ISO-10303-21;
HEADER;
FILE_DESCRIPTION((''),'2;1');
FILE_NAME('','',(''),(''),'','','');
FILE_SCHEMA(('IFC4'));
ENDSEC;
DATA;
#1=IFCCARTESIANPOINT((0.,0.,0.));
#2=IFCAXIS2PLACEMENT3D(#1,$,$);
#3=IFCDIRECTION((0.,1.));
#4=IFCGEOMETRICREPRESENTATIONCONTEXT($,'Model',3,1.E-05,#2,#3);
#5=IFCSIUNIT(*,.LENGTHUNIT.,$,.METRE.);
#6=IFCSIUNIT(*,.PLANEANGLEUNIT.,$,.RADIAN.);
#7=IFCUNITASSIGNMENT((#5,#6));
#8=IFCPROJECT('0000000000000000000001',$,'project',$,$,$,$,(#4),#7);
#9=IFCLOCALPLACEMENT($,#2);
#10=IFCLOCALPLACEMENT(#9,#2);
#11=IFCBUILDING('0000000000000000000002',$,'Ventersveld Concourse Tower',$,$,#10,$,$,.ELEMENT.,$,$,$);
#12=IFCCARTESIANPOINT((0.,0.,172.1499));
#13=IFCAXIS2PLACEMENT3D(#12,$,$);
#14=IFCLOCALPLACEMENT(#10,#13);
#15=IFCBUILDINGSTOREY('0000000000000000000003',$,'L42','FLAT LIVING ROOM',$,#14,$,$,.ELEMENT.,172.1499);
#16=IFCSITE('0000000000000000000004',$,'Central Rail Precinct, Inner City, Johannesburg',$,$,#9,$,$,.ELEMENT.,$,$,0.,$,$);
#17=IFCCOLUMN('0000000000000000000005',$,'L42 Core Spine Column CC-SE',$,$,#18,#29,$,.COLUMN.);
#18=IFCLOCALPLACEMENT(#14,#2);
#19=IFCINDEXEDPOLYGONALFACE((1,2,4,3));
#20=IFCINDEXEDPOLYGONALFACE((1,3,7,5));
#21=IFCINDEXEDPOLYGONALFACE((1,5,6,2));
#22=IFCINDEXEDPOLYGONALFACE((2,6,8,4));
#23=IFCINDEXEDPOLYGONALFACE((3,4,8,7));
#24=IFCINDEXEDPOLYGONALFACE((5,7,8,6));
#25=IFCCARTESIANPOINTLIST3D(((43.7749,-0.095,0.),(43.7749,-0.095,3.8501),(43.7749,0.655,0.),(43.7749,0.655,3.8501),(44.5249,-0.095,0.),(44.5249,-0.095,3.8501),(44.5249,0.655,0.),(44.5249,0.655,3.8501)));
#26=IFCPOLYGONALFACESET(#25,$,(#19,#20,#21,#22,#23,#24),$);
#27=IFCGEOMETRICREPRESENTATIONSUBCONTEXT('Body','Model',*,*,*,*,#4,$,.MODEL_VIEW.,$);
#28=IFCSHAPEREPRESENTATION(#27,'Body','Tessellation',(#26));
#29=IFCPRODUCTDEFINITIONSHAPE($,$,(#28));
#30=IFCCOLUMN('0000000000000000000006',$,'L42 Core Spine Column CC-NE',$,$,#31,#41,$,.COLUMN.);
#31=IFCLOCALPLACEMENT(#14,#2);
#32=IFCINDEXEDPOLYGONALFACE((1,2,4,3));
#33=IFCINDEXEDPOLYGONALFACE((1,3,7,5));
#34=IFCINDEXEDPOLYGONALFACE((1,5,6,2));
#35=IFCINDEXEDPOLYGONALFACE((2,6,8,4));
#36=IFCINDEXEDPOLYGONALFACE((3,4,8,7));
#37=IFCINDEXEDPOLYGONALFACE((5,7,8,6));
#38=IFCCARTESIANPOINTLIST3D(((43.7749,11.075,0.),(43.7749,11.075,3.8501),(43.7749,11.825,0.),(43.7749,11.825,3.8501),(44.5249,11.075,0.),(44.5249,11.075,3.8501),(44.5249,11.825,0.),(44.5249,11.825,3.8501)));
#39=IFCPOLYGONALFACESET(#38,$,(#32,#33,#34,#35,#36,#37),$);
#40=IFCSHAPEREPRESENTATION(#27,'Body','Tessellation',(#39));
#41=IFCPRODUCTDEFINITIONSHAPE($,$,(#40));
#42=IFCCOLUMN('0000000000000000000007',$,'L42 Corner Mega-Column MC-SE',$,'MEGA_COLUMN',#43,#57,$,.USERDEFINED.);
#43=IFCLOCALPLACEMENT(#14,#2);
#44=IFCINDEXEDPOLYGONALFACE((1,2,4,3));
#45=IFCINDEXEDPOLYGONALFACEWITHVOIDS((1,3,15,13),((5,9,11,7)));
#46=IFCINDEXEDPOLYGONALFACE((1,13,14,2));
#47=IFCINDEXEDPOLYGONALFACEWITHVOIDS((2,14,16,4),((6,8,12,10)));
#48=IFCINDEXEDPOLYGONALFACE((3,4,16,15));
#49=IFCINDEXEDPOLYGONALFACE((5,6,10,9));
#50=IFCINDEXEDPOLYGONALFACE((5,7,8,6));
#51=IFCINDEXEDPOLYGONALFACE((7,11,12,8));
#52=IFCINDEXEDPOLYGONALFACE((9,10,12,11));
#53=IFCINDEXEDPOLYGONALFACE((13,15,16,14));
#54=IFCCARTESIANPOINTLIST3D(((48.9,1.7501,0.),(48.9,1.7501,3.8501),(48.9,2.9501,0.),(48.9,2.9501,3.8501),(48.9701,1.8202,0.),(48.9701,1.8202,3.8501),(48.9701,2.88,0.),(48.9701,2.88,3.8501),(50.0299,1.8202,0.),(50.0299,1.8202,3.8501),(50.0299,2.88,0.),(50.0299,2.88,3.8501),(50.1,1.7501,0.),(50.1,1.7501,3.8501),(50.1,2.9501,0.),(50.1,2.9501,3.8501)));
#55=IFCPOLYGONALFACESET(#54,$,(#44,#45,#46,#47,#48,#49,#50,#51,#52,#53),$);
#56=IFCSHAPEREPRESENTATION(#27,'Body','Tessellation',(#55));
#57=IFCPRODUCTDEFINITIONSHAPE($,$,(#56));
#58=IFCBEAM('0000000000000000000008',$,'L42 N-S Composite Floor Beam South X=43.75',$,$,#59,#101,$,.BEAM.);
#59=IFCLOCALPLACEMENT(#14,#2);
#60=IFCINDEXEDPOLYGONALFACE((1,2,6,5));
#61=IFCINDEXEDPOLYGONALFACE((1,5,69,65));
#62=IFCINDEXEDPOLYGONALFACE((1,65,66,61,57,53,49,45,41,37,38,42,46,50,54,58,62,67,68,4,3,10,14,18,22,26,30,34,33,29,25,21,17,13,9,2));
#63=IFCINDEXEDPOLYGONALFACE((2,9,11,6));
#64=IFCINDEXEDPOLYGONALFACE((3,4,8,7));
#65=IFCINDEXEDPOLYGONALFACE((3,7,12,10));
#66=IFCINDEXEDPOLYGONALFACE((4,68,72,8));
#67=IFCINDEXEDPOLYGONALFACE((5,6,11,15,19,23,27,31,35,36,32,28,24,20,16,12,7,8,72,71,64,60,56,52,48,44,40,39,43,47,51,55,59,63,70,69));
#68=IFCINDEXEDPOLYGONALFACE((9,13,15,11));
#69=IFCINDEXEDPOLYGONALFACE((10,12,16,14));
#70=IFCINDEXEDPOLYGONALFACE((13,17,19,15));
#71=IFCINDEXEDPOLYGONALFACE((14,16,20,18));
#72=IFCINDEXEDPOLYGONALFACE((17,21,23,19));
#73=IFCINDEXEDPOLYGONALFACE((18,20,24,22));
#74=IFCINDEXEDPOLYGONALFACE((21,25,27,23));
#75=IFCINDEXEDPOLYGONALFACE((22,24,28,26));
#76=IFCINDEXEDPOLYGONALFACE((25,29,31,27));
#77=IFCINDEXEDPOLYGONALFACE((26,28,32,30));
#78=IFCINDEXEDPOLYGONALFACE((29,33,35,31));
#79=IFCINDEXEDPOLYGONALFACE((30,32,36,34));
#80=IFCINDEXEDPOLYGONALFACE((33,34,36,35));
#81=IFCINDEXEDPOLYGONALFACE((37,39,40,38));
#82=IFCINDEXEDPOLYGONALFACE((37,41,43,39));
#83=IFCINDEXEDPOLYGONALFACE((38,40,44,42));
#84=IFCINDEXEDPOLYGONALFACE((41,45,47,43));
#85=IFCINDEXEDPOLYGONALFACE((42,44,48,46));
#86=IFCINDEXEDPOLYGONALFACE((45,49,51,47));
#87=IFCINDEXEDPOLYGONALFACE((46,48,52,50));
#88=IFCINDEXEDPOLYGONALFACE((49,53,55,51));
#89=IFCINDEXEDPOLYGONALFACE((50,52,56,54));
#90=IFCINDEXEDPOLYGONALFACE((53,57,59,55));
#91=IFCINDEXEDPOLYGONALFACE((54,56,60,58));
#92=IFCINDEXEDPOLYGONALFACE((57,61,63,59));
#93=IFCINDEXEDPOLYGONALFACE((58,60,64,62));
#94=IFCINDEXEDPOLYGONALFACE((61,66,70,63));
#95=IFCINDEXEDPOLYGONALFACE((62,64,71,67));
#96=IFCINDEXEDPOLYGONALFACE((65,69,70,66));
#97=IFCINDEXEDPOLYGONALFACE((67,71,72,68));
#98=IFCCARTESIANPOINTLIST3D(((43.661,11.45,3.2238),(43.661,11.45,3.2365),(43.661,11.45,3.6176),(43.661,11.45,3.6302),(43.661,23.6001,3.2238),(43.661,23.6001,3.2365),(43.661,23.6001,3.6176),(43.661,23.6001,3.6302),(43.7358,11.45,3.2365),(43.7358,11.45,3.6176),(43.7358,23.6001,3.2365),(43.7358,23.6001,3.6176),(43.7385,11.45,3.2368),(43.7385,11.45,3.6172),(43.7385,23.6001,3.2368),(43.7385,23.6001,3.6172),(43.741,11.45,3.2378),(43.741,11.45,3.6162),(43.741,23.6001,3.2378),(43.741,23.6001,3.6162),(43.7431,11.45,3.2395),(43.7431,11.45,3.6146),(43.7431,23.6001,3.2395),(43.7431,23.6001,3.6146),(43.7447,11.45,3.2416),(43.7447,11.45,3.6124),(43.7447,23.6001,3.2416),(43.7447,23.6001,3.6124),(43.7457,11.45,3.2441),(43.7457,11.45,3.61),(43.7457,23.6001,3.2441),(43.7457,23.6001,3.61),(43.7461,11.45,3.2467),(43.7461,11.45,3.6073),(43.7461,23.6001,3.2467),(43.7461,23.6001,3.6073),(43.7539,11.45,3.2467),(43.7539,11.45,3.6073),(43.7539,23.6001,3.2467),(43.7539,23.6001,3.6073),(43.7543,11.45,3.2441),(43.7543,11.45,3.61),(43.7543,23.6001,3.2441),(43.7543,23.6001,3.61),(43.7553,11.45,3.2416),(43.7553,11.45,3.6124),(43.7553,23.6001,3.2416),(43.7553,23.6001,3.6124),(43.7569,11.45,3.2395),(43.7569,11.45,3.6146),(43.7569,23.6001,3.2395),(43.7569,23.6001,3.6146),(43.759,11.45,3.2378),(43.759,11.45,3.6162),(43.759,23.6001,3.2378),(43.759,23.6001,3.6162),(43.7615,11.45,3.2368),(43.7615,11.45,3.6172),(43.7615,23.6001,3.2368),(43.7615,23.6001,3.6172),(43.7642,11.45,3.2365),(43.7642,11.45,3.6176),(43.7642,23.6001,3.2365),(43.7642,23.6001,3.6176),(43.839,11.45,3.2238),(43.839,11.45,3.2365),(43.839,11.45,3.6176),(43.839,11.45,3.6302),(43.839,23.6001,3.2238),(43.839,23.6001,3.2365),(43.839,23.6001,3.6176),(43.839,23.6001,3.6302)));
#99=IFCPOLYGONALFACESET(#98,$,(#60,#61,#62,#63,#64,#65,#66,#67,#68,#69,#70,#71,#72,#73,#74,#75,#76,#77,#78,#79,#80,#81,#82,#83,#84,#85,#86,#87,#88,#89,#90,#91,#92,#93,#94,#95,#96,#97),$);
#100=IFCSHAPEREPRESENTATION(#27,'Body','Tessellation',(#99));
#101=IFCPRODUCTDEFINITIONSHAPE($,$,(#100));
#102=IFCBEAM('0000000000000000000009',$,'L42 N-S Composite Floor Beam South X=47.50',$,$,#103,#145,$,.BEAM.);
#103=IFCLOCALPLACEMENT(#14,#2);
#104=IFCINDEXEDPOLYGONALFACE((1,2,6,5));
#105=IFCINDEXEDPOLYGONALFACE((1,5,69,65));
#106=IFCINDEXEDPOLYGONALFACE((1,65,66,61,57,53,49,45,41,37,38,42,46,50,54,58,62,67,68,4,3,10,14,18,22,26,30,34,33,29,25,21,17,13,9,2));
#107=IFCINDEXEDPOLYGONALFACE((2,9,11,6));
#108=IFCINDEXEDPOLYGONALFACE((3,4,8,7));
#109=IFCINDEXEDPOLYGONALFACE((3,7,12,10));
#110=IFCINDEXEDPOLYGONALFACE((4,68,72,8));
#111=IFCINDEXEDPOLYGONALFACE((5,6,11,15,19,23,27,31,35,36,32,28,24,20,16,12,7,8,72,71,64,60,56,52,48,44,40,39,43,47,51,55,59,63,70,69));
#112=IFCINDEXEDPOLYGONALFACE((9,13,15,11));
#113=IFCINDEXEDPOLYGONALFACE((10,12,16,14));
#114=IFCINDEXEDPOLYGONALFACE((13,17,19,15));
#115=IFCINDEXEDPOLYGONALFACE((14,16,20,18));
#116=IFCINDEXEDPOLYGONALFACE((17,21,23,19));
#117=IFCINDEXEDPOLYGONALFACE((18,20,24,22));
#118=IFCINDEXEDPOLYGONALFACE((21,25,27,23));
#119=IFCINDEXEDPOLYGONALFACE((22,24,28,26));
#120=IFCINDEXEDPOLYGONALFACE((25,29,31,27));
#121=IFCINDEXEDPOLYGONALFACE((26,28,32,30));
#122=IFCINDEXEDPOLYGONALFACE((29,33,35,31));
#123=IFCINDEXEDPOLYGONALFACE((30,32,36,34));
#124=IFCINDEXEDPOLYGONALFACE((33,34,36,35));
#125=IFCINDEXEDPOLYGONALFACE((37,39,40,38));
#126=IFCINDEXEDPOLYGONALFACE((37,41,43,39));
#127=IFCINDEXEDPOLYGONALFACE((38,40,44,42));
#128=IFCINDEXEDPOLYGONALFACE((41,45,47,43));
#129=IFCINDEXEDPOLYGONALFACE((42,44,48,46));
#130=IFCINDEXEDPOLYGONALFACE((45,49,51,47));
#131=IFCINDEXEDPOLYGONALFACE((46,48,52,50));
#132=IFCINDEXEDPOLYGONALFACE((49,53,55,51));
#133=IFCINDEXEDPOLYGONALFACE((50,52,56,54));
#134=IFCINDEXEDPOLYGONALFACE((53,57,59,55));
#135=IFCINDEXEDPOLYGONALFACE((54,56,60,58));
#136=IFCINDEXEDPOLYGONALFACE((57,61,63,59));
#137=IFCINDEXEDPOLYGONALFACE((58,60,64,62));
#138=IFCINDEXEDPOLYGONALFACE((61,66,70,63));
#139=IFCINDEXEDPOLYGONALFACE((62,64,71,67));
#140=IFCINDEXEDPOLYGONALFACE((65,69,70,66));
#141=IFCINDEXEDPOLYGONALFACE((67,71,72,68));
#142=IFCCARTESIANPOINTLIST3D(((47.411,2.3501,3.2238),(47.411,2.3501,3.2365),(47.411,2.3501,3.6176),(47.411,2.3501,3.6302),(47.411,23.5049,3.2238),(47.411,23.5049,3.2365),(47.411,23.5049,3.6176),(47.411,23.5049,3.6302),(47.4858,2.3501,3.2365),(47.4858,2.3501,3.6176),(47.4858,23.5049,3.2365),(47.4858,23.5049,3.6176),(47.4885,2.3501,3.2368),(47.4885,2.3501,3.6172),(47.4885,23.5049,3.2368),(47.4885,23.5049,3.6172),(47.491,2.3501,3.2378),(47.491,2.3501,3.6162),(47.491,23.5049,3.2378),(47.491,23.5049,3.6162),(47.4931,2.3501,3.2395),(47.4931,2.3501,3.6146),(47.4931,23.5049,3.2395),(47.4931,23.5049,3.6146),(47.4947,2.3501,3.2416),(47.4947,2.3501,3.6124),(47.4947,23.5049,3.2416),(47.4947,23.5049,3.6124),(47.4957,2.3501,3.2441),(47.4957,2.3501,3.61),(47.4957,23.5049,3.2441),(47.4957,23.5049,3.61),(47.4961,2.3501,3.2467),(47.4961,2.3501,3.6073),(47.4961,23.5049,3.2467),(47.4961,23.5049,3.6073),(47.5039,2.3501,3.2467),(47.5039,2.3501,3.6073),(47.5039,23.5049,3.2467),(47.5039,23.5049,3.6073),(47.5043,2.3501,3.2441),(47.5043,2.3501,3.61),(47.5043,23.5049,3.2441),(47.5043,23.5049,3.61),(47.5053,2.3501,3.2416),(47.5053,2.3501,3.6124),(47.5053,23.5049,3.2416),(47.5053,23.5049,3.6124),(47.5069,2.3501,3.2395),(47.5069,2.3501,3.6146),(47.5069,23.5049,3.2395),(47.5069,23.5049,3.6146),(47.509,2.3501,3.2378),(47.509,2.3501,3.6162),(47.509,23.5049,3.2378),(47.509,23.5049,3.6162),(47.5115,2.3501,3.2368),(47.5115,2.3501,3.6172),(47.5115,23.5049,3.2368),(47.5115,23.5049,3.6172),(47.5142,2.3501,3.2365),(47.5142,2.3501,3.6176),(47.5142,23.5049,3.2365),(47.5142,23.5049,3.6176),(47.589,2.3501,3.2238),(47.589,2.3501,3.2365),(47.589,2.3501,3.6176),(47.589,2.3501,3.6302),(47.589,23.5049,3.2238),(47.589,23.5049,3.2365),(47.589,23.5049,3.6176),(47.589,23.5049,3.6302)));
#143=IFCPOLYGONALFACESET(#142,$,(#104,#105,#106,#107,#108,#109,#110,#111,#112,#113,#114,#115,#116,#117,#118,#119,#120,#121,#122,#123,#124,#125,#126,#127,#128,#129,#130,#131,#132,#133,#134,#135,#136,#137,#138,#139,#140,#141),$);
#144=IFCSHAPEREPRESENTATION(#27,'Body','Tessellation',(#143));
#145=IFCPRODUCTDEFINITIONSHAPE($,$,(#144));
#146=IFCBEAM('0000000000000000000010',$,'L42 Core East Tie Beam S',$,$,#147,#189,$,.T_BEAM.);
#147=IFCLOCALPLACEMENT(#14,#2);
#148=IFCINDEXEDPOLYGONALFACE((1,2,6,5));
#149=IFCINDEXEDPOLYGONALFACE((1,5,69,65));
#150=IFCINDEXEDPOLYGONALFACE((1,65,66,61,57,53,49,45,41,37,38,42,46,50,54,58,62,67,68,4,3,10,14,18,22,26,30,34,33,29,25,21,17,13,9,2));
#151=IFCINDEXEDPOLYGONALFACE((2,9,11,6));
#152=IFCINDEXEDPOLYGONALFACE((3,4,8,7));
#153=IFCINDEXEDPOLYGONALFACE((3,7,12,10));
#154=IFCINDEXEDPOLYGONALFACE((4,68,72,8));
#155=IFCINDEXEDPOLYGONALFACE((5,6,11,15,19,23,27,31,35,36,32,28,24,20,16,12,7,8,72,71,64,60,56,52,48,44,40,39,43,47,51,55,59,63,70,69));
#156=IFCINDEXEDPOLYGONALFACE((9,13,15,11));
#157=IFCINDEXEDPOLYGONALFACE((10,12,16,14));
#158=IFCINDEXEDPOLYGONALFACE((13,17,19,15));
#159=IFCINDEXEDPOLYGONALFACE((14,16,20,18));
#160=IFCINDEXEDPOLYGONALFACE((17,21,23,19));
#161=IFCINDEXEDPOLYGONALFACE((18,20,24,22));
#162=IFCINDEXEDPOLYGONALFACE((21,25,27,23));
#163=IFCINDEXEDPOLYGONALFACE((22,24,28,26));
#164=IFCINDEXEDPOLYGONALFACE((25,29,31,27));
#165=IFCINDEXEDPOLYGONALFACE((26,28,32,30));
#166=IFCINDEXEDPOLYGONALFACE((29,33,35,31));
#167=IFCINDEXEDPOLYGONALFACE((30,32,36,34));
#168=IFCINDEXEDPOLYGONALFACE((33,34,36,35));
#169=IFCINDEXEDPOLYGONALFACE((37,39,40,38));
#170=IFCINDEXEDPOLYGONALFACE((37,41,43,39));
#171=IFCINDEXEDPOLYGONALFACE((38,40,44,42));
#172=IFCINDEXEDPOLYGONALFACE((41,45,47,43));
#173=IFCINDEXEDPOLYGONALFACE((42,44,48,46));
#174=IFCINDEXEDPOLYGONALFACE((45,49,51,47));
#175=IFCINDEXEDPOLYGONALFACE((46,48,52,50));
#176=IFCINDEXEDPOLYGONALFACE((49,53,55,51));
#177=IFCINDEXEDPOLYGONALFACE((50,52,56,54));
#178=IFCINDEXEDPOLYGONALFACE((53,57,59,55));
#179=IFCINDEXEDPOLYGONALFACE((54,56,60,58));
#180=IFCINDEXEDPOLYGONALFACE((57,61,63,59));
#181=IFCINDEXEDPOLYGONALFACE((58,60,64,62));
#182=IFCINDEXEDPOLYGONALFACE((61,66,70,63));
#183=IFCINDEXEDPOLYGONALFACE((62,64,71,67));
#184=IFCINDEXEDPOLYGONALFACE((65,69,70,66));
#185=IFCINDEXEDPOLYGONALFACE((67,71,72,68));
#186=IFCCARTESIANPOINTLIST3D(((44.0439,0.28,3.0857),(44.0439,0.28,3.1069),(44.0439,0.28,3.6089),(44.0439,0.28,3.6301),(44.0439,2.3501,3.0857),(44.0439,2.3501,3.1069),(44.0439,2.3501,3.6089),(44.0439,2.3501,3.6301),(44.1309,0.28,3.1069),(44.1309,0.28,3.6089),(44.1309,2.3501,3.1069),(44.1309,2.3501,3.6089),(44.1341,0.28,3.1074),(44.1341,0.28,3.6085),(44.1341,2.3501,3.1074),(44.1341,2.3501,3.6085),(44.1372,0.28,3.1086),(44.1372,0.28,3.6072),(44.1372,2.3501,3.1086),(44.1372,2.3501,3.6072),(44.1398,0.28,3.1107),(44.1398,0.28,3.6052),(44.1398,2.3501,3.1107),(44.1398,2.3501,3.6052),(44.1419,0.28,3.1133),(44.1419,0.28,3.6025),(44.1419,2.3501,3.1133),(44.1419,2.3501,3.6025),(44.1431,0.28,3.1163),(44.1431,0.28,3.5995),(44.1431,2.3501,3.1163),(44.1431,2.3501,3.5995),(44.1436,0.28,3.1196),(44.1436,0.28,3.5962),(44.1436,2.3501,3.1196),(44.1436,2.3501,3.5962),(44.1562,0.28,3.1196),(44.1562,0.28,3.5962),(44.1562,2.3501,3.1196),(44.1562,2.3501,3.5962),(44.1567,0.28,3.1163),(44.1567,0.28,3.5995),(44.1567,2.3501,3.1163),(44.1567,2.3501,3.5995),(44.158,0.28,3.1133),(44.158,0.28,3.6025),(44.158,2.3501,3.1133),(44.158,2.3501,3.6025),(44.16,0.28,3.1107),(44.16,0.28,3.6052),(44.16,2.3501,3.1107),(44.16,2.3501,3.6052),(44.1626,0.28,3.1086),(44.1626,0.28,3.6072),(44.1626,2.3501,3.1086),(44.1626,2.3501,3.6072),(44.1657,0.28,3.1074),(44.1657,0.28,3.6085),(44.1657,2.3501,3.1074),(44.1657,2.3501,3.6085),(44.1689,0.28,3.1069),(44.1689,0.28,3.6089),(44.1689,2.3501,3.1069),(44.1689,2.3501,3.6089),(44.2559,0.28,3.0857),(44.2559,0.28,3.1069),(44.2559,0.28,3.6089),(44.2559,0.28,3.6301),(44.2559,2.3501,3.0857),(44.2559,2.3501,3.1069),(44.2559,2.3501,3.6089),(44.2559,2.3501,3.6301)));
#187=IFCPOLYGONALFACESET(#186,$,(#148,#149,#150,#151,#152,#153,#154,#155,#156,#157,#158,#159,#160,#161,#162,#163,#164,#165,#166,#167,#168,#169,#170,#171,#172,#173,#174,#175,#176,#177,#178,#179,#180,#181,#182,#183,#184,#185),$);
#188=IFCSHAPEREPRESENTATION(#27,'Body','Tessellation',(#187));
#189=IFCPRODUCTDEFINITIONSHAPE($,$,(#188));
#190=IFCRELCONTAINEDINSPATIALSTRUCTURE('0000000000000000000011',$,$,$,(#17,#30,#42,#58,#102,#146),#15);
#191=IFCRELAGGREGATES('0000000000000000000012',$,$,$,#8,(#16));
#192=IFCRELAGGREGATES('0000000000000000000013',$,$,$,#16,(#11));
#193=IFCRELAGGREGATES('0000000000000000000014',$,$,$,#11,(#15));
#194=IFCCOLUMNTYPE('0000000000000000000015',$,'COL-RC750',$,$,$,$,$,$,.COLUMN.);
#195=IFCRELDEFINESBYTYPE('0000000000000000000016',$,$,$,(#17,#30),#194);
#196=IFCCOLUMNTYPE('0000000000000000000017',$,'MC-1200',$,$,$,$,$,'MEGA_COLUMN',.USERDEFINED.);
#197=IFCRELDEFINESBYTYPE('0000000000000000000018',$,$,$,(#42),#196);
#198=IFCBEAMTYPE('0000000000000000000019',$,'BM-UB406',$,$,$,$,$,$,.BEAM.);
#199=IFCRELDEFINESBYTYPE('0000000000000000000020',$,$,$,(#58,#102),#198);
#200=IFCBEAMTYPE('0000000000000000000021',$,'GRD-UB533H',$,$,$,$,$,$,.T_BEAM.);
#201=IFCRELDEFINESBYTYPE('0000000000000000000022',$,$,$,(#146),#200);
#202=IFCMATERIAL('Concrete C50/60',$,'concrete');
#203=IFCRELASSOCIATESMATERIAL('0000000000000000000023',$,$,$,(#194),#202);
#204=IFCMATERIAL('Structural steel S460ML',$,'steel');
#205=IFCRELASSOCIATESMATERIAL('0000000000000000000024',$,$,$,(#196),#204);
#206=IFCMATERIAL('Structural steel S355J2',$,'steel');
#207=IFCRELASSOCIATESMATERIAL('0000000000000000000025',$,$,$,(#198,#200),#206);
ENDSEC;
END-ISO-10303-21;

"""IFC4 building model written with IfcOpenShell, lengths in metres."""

from ifc_helpers import new_model, si_unit, direction, frame, origin, origin_2d, place, context, subcontext, project, spatial, rectangle, hollow_rectangle, i_section, extrude, material, material_profile, profile_set, type_object, element, save


model = new_model("IFC4")

# Units and contexts
model_context = context("Model", 3, precision=1e-05, world=origin(), true_north=direction((0.0, 1.0)))
body_context = subcontext(model_context, "Body", "Model", "MODEL_VIEW")
ifc_project = project(units=[si_unit("LENGTHUNIT", "METRE"), si_unit("PLANEANGLEUNIT", "RADIAN")], contexts=[model_context])

# Site, building, storey
site_placement = place(None, origin())
site = spatial("IfcSite", under=ifc_project, at=site_placement, Name="Central Rail Precinct, Inner City, Johannesburg", CompositionType="ELEMENT", RefElevation=0.0)
building_placement = place(site_placement, origin())
building = spatial("IfcBuilding", under=site, at=building_placement, Name="Ventersveld Concourse Tower", CompositionType="ELEMENT")
storey_placement = place(building_placement, frame((0.0, 0.0, 172.1499)))
storey = spatial("IfcBuildingStorey", under=building, at=storey_placement, Name="L42", Description="FLAT LIVING ROOM", CompositionType="ELEMENT", Elevation=172.1499)

# Columns
ifc_material_1 = material(Name="Concrete C50/60", Category="concrete")
ifc_material_profile_1 = material_profile(ifc_material_1, rectangle(XDim=0.75, YDim=0.75, at=origin_2d()), Name="RC 750x750")
ifc_profile_set_1 = profile_set([ifc_material_profile_1], Name="Concrete C50/60")
column_type_1 = type_object("IfcColumnType", Name="COL-RC750", PredefinedType="COLUMN", material=ifc_profile_set_1)
for number, where, z_axis, x_axis, name in (
    (1, (44.1499, 0.28, 0.0), (0.0, 0.0, 1.0), (1.0, 0.0, 0.0), "L42 Core Spine Column CC-SE"),
    (2, (44.1499, 11.45, 0.0), (0.0, 0.0, 1.0), (1.0, 0.0, 0.0), "L42 Core Spine Column CC-NE"),
):
    element("IfcColumn", number, at=place(storey_placement, frame(where, z_axis=z_axis, x_axis=x_axis)), inside=storey, type_object=column_type_1, Name=name, PredefinedType="COLUMN", context=body_context, shape_type="SweptSolid", body=[
        extrude(rectangle(XDim=0.75, YDim=0.75, at=origin_2d()), origin(), (0.0, 0.0, 1.0), 3.8501),
    ])
ifc_material_2 = material(Name="Structural steel S460ML", Category="steel")
ifc_material_profile_2 = material_profile(ifc_material_2, hollow_rectangle(XDim=1.2, YDim=1.2, WallThickness=0.0701, at=origin_2d()), Name="BOX 1200x1200x70")
ifc_profile_set_2 = profile_set([ifc_material_profile_2], Name="Structural steel S460ML")
column_type_2 = type_object("IfcColumnType", Name="MC-1200", ElementType="MEGA_COLUMN", PredefinedType="USERDEFINED", material=ifc_profile_set_2)
column_placement = place(storey_placement, frame((49.5, 2.3501, 0.0), z_axis=(0.0, 0.0, 1.0), x_axis=(1.0, 0.0, 0.0)))
element("IfcColumn", 3, at=column_placement, inside=storey, type_object=column_type_2, Name="L42 Corner Mega-Column MC-SE", ObjectType="MEGA_COLUMN", PredefinedType="USERDEFINED", context=body_context, shape_type="SweptSolid", body=[
    extrude(hollow_rectangle(XDim=1.2, YDim=1.2, WallThickness=0.0701, at=origin_2d()), origin(), (0.0, 0.0, 1.0), 3.8501),
])

# Beams
ifc_material_3 = material(Name="Structural steel S355J2", Category="steel")
ifc_material_profile_3 = material_profile(ifc_material_3, i_section(OverallWidth=0.178, OverallDepth=0.4065, WebThickness=0.0078, FlangeThickness=0.0127, FilletRadius=0.0103, at=origin_2d()), Name="UB 406x178x60")
ifc_profile_set_3 = profile_set([ifc_material_profile_3], Name="Structural steel S355J2")
beam_type_1 = type_object("IfcBeamType", Name="BM-UB406", PredefinedType="BEAM", material=ifc_profile_set_3)
beam_1_placement = place(storey_placement, frame((43.75, 11.45, 3.427), z_axis=(0.0, 1.0, 0.0), x_axis=(-1.0, 0.0, 0.0)))
element("IfcBeam", 4, at=beam_1_placement, inside=storey, type_object=beam_type_1, Name="L42 N-S Composite Floor Beam South X=43.75", PredefinedType="BEAM", context=body_context, shape_type="SweptSolid", body=[
    extrude(i_section(OverallWidth=0.178, OverallDepth=0.4065, WebThickness=0.0078, FlangeThickness=0.0127, FilletRadius=0.0103, at=origin_2d()), origin(), (0.0, 0.0, 1.0), 12.1501),
])
beam_2_placement = place(storey_placement, frame((47.5, 2.3501, 3.427), z_axis=(0.0, 1.0, 0.0), x_axis=(-1.0, 0.0, 0.0)))
element("IfcBeam", 5, at=beam_2_placement, inside=storey, type_object=beam_type_1, Name="L42 N-S Composite Floor Beam South X=47.50", PredefinedType="BEAM", context=body_context, shape_type="SweptSolid", body=[
    extrude(i_section(OverallWidth=0.178, OverallDepth=0.4065, WebThickness=0.0078, FlangeThickness=0.0127, FilletRadius=0.0103, at=origin_2d()), origin(), (0.0, 0.0, 1.0), 21.1548),
])
ifc_material_profile_4 = material_profile(ifc_material_3, i_section(OverallWidth=0.2119, OverallDepth=0.5444, WebThickness=0.0127, FlangeThickness=0.0212, FilletRadius=0.0127, at=origin_2d()), Name="UB 533x210x122")
ifc_profile_set_4 = profile_set([ifc_material_profile_4], Name="Structural steel S355J2")
beam_type_2 = type_object("IfcBeamType", Name="GRD-UB533H", PredefinedType="T_BEAM", material=ifc_profile_set_4)
beam_3_placement = place(storey_placement, frame((44.1499, 0.28, 3.3579), z_axis=(0.0, 1.0, 0.0), x_axis=(-1.0, 0.0, 0.0)))
element("IfcBeam", 6, at=beam_3_placement, inside=storey, type_object=beam_type_2, Name="L42 Core East Tie Beam S", PredefinedType="T_BEAM", context=body_context, shape_type="SweptSolid", body=[
    extrude(i_section(OverallWidth=0.2119, OverallDepth=0.5444, WebThickness=0.0127, FlangeThickness=0.0212, FilletRadius=0.0127, at=origin_2d()), origin(), (0.0, 0.0, 1.0), 2.0701),
])

save(model, "model.ifc")
